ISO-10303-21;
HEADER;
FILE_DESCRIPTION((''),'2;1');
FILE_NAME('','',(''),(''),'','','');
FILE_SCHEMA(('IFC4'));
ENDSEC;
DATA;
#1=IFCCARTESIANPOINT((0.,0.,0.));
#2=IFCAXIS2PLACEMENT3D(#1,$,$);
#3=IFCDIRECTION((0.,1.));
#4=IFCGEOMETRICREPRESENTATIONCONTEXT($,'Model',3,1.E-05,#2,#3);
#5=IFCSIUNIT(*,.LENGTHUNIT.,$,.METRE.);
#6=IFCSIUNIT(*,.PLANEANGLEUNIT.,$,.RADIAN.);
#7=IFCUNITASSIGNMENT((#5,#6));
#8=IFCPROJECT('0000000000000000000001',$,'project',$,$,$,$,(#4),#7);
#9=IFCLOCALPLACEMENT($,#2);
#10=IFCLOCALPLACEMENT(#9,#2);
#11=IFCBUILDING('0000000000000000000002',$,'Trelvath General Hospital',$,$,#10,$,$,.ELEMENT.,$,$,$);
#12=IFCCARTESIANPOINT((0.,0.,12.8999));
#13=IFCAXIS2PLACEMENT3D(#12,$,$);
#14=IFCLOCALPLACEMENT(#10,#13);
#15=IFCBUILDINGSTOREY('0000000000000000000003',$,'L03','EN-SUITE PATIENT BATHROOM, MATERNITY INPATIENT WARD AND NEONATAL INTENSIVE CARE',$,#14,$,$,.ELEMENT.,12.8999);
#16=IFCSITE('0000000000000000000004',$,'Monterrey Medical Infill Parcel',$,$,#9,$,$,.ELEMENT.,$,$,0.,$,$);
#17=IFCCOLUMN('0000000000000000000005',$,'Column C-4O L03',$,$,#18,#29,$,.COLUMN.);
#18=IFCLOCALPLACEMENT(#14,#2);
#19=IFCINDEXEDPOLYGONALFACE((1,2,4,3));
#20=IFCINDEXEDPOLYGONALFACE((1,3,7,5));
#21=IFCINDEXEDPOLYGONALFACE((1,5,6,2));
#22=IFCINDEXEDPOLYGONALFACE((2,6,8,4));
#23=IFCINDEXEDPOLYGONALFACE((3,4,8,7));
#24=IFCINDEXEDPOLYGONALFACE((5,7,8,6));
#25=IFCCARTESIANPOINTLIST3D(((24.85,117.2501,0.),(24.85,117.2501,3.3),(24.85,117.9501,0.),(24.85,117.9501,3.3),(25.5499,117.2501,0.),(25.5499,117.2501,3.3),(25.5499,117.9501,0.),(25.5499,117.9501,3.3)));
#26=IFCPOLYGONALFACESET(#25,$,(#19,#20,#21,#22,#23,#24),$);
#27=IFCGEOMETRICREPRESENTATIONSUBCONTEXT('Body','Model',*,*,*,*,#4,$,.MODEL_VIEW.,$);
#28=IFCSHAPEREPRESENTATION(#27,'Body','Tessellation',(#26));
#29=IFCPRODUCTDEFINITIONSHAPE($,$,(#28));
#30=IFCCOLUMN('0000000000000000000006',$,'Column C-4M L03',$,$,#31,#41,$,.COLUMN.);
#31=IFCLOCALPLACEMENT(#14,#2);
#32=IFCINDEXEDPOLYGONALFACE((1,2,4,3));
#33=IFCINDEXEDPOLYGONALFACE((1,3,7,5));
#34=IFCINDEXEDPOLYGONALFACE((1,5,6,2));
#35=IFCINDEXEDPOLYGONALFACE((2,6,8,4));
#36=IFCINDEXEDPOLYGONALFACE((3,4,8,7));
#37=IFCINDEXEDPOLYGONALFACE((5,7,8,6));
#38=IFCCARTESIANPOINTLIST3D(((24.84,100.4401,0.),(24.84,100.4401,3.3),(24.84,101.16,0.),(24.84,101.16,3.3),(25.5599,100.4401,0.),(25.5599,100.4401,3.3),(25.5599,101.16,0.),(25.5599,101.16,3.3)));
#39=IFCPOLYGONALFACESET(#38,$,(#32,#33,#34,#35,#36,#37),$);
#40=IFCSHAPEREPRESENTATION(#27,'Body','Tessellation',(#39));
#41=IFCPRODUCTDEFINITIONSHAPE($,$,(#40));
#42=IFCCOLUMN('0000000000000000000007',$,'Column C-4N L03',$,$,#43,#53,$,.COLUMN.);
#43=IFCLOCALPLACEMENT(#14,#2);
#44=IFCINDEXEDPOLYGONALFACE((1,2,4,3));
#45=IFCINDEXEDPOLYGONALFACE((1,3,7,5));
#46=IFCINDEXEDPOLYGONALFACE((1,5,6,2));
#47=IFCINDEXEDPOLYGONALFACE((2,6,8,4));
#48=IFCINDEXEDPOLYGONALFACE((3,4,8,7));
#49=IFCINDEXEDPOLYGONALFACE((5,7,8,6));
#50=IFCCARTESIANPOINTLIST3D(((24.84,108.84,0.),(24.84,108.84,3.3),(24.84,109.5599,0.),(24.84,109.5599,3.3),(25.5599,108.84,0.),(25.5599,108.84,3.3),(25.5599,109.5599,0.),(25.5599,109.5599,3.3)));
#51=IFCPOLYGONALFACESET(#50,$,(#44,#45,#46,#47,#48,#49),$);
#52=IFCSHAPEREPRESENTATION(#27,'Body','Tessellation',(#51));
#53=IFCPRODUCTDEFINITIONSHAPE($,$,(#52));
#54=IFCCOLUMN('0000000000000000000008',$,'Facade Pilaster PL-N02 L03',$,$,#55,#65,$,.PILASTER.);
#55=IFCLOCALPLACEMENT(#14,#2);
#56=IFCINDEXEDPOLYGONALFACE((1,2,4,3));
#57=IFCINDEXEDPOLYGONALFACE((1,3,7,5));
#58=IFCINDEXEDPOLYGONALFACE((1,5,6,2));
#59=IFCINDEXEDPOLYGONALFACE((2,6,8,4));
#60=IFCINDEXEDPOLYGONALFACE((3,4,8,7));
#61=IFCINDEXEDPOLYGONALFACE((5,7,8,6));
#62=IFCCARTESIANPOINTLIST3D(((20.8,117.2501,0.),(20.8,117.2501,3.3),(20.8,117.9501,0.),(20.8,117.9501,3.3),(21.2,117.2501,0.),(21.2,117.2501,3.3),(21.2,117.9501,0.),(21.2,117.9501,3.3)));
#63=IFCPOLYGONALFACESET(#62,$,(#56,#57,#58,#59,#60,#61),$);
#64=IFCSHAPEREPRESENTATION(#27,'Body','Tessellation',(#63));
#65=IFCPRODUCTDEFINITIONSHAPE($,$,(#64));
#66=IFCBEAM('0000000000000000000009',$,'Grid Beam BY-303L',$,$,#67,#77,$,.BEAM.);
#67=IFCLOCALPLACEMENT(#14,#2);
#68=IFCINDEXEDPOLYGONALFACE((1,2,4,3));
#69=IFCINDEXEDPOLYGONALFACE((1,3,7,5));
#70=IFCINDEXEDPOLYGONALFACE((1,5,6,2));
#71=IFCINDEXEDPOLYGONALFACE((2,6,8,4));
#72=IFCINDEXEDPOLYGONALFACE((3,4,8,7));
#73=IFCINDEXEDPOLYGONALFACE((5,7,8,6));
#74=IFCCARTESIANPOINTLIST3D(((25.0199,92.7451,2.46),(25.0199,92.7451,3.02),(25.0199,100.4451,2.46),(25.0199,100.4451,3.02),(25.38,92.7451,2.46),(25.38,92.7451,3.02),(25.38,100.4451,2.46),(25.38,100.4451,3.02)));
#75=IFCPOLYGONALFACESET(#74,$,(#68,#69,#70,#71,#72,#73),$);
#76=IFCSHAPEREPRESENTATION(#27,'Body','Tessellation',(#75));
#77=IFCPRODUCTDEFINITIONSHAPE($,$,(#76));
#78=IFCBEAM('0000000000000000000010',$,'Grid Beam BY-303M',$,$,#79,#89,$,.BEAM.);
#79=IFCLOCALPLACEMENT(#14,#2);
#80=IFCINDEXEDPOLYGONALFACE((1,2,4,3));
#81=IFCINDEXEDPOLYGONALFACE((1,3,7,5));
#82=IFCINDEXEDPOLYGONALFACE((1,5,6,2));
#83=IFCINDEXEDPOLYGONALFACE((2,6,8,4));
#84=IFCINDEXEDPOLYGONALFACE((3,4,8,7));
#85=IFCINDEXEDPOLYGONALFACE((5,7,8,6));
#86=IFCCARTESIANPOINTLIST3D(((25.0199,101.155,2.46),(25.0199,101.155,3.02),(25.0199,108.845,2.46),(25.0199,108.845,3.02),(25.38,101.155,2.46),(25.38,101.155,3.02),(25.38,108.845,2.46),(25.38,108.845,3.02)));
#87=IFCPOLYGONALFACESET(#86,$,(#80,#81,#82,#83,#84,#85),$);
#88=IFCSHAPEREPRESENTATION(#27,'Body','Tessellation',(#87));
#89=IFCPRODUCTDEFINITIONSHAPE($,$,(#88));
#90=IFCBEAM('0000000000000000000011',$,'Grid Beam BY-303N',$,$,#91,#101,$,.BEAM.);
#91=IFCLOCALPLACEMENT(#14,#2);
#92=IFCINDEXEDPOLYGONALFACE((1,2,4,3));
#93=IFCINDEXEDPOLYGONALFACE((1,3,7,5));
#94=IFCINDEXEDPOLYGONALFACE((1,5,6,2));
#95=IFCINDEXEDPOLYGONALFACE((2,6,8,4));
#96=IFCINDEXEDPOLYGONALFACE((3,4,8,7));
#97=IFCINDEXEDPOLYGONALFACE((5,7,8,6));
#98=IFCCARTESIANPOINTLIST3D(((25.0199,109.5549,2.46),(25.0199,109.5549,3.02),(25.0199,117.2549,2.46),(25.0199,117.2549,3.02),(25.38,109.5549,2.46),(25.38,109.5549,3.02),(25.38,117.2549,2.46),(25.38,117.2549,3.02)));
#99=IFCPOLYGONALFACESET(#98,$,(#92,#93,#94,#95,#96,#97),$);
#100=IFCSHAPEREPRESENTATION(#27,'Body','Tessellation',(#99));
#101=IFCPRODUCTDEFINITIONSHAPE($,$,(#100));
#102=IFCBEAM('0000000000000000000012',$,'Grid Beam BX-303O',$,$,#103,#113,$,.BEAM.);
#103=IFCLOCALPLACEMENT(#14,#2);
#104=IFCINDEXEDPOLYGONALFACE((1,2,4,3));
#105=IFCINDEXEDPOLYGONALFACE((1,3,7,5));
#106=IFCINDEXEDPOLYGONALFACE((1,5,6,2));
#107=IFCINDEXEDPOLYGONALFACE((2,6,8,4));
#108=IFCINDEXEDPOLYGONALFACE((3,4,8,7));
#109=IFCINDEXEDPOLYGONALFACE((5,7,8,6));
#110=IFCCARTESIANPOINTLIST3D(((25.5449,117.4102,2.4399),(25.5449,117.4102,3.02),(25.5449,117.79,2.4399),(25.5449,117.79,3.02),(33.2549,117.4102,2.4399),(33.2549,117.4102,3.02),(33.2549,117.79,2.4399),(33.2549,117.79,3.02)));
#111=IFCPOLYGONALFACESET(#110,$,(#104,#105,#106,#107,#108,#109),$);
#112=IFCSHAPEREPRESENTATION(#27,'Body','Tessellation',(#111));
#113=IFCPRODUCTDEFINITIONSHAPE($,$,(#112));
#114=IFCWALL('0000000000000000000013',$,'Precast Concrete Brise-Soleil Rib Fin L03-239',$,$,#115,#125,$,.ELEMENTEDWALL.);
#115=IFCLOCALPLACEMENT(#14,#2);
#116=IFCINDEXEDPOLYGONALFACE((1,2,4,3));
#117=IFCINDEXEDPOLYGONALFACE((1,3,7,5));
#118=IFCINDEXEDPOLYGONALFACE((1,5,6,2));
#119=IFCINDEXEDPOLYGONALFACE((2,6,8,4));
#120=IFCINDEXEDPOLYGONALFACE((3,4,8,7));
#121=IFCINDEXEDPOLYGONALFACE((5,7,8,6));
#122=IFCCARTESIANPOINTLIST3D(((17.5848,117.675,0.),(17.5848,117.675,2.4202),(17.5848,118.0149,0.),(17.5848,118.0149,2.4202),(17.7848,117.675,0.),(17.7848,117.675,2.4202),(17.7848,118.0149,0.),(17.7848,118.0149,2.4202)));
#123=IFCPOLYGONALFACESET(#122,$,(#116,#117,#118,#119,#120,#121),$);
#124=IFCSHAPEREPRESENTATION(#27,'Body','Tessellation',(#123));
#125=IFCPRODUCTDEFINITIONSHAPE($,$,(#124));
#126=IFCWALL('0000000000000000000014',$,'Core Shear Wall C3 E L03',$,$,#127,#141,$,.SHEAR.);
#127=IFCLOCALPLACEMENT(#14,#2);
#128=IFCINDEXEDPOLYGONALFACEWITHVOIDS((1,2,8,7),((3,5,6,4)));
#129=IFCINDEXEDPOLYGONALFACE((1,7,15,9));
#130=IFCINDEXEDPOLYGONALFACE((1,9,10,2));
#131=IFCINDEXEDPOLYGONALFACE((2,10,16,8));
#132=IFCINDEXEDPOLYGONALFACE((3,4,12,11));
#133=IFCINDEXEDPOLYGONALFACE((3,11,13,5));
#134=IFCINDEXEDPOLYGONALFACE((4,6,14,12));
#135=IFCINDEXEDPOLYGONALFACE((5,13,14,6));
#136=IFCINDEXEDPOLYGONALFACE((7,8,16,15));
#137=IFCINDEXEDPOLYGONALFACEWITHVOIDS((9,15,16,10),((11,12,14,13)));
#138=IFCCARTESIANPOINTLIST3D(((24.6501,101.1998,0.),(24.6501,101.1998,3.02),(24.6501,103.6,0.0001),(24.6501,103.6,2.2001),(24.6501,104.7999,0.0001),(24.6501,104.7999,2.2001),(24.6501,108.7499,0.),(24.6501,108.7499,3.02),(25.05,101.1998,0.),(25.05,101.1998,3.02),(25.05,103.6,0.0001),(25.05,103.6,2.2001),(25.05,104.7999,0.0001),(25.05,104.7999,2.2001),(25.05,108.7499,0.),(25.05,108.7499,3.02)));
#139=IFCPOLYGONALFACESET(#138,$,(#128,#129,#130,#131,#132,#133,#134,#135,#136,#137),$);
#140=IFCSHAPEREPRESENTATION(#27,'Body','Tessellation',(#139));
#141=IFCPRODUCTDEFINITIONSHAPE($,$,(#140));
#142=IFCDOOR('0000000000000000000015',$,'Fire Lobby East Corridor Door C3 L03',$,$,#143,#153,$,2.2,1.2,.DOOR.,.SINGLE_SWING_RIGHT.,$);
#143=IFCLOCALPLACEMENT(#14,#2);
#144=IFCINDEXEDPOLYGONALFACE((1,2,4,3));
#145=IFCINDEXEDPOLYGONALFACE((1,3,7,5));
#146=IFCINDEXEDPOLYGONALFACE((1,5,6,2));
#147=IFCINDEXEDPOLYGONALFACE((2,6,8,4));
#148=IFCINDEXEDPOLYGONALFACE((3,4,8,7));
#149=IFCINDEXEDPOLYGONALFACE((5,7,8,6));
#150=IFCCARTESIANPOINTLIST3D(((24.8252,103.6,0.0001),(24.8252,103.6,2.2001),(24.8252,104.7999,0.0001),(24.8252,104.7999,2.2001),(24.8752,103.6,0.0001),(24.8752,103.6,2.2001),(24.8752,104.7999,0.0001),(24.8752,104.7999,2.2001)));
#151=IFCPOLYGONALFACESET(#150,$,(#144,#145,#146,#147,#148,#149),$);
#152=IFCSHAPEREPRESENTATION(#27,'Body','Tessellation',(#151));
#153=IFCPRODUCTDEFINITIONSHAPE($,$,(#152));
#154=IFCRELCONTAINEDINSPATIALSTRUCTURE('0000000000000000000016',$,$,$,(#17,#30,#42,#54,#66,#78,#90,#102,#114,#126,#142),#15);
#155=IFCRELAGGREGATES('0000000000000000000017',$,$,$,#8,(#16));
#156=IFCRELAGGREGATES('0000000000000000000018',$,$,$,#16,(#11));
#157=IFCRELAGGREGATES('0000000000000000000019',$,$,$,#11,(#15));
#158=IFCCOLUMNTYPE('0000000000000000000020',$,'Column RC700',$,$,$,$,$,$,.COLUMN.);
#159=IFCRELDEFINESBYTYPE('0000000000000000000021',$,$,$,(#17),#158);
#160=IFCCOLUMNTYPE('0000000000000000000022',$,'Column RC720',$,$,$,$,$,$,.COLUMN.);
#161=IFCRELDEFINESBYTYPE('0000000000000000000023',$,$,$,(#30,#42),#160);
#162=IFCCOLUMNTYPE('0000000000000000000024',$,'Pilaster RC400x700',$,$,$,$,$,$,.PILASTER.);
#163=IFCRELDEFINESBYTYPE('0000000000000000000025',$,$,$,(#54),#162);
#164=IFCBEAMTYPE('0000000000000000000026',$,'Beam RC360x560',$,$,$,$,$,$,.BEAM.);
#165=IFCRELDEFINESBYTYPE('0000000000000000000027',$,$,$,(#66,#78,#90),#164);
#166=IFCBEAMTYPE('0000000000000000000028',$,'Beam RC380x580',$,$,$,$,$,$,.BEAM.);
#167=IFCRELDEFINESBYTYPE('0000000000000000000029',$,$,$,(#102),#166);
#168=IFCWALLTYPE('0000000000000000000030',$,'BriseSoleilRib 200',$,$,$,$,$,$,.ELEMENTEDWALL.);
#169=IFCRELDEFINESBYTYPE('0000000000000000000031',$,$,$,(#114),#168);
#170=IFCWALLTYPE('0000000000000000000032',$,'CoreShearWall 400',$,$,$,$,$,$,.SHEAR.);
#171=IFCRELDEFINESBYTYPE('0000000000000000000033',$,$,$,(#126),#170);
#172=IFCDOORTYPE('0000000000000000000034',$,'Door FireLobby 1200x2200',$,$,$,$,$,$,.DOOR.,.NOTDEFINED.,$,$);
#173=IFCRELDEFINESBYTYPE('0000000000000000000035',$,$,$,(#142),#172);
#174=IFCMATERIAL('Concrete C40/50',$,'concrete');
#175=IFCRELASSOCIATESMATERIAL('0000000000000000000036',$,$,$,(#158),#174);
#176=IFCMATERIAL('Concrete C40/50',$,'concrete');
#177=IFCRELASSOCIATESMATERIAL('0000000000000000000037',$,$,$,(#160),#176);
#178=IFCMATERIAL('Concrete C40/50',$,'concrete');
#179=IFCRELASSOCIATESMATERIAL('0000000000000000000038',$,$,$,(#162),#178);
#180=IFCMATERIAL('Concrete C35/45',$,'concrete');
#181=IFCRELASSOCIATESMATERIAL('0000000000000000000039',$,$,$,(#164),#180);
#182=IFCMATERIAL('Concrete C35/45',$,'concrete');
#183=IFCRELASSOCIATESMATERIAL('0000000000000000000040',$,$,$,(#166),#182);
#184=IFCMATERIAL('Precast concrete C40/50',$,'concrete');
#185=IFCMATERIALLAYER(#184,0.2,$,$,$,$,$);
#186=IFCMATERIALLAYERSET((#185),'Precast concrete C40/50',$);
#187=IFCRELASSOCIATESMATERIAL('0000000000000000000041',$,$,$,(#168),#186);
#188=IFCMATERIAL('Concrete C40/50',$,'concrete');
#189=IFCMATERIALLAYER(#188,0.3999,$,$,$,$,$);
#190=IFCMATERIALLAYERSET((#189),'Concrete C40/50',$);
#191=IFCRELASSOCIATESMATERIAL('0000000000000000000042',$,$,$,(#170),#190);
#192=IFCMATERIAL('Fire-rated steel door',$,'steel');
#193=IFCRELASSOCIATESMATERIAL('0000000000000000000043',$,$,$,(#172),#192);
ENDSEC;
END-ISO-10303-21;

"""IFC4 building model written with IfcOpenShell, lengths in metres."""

from ifc_helpers import new_model, si_unit, direction, frame, frame_2d, origin, origin_2d, place, context, subcontext, project, spatial, rectangle, extrude, material, layer, layer_set, material_profile, profile_set, type_object, element, fill, save


model = new_model("IFC4")

# Units and contexts
model_context = context("Model", 3, precision=1e-05, world=origin(), true_north=direction((0.0, 1.0)))
body_context = subcontext(model_context, "Body", "Model", "MODEL_VIEW")
ifc_project = project(units=[si_unit("LENGTHUNIT", "METRE"), si_unit("PLANEANGLEUNIT", "RADIAN")], contexts=[model_context])

# Site, building, storey
site_placement = place(None, origin())
site = spatial("IfcSite", under=ifc_project, at=site_placement, Name="Monterrey Medical Infill Parcel", CompositionType="ELEMENT", RefElevation=0.0)
building_placement = place(site_placement, origin())
building = spatial("IfcBuilding", under=site, at=building_placement, Name="Trelvath General Hospital", CompositionType="ELEMENT")
storey_placement = place(building_placement, frame((0.0, 0.0, 12.8999)))
storey = spatial("IfcBuildingStorey", under=building, at=storey_placement, Name="L03", Description="EN-SUITE PATIENT BATHROOM, MATERNITY INPATIENT WARD AND NEONATAL INTENSIVE CARE", CompositionType="ELEMENT", Elevation=12.8999)

# Columns
ifc_material_1 = material(Name="Concrete C40/50", Category="concrete")
ifc_material_profile_1 = material_profile(ifc_material_1, rectangle(XDim=0.7, YDim=0.7, at=origin_2d()), Name="RC700x700")
ifc_profile_set_1 = profile_set([ifc_material_profile_1], Name="Concrete C40/50")
column_type_1 = type_object("IfcColumnType", Name="Column RC700", PredefinedType="COLUMN", material=ifc_profile_set_1)
column_1_placement = place(storey_placement, frame((25.2, 117.6001, 0.0), z_axis=(0.0, 0.0, 1.0), x_axis=(1.0, 0.0, 0.0)))
element("IfcColumn", 1, at=column_1_placement, inside=storey, type_object=column_type_1, Name="Column C-4O L03", PredefinedType="COLUMN", context=body_context, shape_type="SweptSolid", body=[
    extrude(rectangle(XDim=0.7, YDim=0.7, at=origin_2d()), origin(), (0.0, 0.0, 1.0), 3.3),
])
ifc_material_2 = material(Name="Concrete C40/50", Category="concrete")
ifc_material_profile_2 = material_profile(ifc_material_2, rectangle(XDim=0.72, YDim=0.72, at=origin_2d()), Name="RC720x720")
ifc_profile_set_2 = profile_set([ifc_material_profile_2], Name="Concrete C40/50")
column_type_2 = type_object("IfcColumnType", Name="Column RC720", PredefinedType="COLUMN", material=ifc_profile_set_2)
for number, where, z_axis, x_axis, name in (
    (2, (25.2, 100.8, 0.0), (0.0, 0.0, 1.0), (1.0, 0.0, 0.0), "Column C-4M L03"),
    (3, (25.2, 109.2, 0.0), (0.0, 0.0, 1.0), (1.0, 0.0, 0.0), "Column C-4N L03"),
):
    element("IfcColumn", number, at=place(storey_placement, frame(where, z_axis=z_axis, x_axis=x_axis)), inside=storey, type_object=column_type_2, Name=name, PredefinedType="COLUMN", context=body_context, shape_type="SweptSolid", body=[
        extrude(rectangle(XDim=0.72, YDim=0.72, at=origin_2d()), origin(), (0.0, 0.0, 1.0), 3.3),
    ])
ifc_material_3 = material(Name="Concrete C40/50", Category="concrete")
ifc_material_profile_3 = material_profile(ifc_material_3, rectangle(XDim=0.3999, YDim=0.7, at=origin_2d()), Name="RC400x700")
ifc_profile_set_3 = profile_set([ifc_material_profile_3], Name="Concrete C40/50")
column_type_3 = type_object("IfcColumnType", Name="Pilaster RC400x700", PredefinedType="PILASTER", material=ifc_profile_set_3)
column_2_placement = place(storey_placement, frame((21.0, 117.6001, 0.0), z_axis=(0.0, 0.0, 1.0), x_axis=(1.0, 0.0, 0.0)))
element("IfcColumn", 4, at=column_2_placement, inside=storey, type_object=column_type_3, Name="Facade Pilaster PL-N02 L03", PredefinedType="PILASTER", context=body_context, shape_type="SweptSolid", body=[
    extrude(rectangle(XDim=0.3999, YDim=0.7, at=origin_2d()), origin(), (0.0, 0.0, 1.0), 3.3),
])

# Beams
ifc_material_4 = material(Name="Concrete C35/45", Category="concrete")
ifc_material_profile_4 = material_profile(ifc_material_4, rectangle(XDim=0.3601, YDim=0.5601, at=origin_2d()), Name="RCB360x560")
ifc_profile_set_4 = profile_set([ifc_material_profile_4], Name="Concrete C35/45")
beam_type_1 = type_object("IfcBeamType", Name="Beam RC360x560", PredefinedType="BEAM", material=ifc_profile_set_4)
beam_1_placement = place(storey_placement, frame((25.2, 92.7451, 2.74), z_axis=(0.0, 1.0, 0.0), x_axis=(-1.0, 0.0, 0.0)))
element("IfcBeam", 5, at=beam_1_placement, inside=storey, type_object=beam_type_1, Name="Grid Beam BY-303L", PredefinedType="BEAM", context=body_context, shape_type="SweptSolid", body=[
    extrude(rectangle(XDim=0.3601, YDim=0.5601, at=origin_2d()), origin(), (0.0, 0.0, 1.0), 7.7),
])
beam_2_placement = place(storey_placement, frame((25.2, 101.155, 2.74), z_axis=(0.0, 1.0, 0.0), x_axis=(-1.0, 0.0, 0.0)))
element("IfcBeam", 6, at=beam_2_placement, inside=storey, type_object=beam_type_1, Name="Grid Beam BY-303M", PredefinedType="BEAM", context=body_context, shape_type="SweptSolid", body=[
    extrude(rectangle(XDim=0.3601, YDim=0.5601, at=origin_2d()), origin(), (0.0, 0.0, 1.0), 7.6899),
])
beam_3_placement = place(storey_placement, frame((25.2, 109.5549, 2.74), z_axis=(0.0, 1.0, 0.0), x_axis=(-1.0, 0.0, 0.0)))
element("IfcBeam", 7, at=beam_3_placement, inside=storey, type_object=beam_type_1, Name="Grid Beam BY-303N", PredefinedType="BEAM", context=body_context, shape_type="SweptSolid", body=[
    extrude(rectangle(XDim=0.3601, YDim=0.5601, at=origin_2d()), origin(), (0.0, 0.0, 1.0), 7.7),
])
ifc_material_5 = material(Name="Concrete C35/45", Category="concrete")
ifc_material_profile_5 = material_profile(ifc_material_5, rectangle(XDim=0.3799, YDim=0.5801, at=origin_2d()), Name="RCB380x580")
ifc_profile_set_5 = profile_set([ifc_material_profile_5], Name="Concrete C35/45")
beam_type_2 = type_object("IfcBeamType", Name="Beam RC380x580", PredefinedType="BEAM", material=ifc_profile_set_5)
beam_4_placement = place(storey_placement, frame((25.5449, 117.6001, 2.73), z_axis=(1.0, 0.0, 0.0), x_axis=(0.0, 1.0, 0.0)))
element("IfcBeam", 8, at=beam_4_placement, inside=storey, type_object=beam_type_2, Name="Grid Beam BX-303O", PredefinedType="BEAM", context=body_context, shape_type="SweptSolid", body=[
    extrude(rectangle(XDim=0.3799, YDim=0.5801, at=origin_2d()), origin(), (0.0, 0.0, 1.0), 7.71),
])

# Wall
ifc_material_6 = material(Name="Precast concrete C40/50", Category="concrete")
ifc_layer_1 = layer(ifc_material_6, 0.2)
ifc_layer_set_1 = layer_set([ifc_layer_1], Name="Precast concrete C40/50")
wall_type_1 = type_object("IfcWallType", Name="BriseSoleilRib 200", PredefinedType="ELEMENTEDWALL", material=ifc_layer_set_1)
wall_1_placement = place(storey_placement, frame((17.6848, 117.675, 0.0), z_axis=(0.0, 0.0, 1.0), x_axis=(0.0, 1.0, 0.0)))
element("IfcWall", 9, at=wall_1_placement, inside=storey, type_object=wall_type_1, Name="Precast Concrete Brise-Soleil Rib Fin L03-239", PredefinedType="ELEMENTEDWALL", context=body_context, shape_type="SweptSolid", body=[
    extrude(rectangle(XDim=0.3398, YDim=0.2, at=frame_2d((0.1699, 0.0))), origin(), (0.0, 0.0, 1.0), 2.4202),
])

# Wall, opening, door
ifc_material_7 = material(Name="Concrete C40/50", Category="concrete")
ifc_layer_2 = layer(ifc_material_7, 0.3999)
ifc_layer_set_2 = layer_set([ifc_layer_2], Name="Concrete C40/50")
wall_type_2 = type_object("IfcWallType", Name="CoreShearWall 400", PredefinedType="SHEAR", material=ifc_layer_set_2)
wall_2_placement = place(storey_placement, frame((24.8501, 101.2, 0.0), z_axis=(0.0, 0.0, 1.0), x_axis=(0.0, 1.0, 0.0)))
wall_2 = element("IfcWall", 10, at=wall_2_placement, inside=storey, type_object=wall_type_2, Name="Core Shear Wall C3 E L03", PredefinedType="SHEAR", context=body_context, shape_type="SweptSolid", body=[
    extrude(rectangle(XDim=7.55, YDim=0.3999, at=frame_2d((3.7749, 0.0))), origin(), (0.0, 0.0, 1.0), 3.02),
])
opening_1_placement = place(wall_2_placement, frame((2.3999, 0.0, 0.0)))
opening_1 = element("IfcOpeningElement", 11, at=opening_1_placement, cuts=wall_2, PredefinedType="OPENING", context=body_context, shape_type="SweptSolid", body=[
    extrude(rectangle(XDim=1.2, YDim=2.2, at=frame_2d((0.6001, 1.1001))), frame((0.0, 0.21, 0.0), z_axis=(0.0, -1.0, 0.0), x_axis=(1.0, 0.0, 0.0)), (0.0, 0.0, 1.0), 0.4199),
])
ifc_material_8 = material(Name="Fire-rated steel door", Category="steel")
door_type_1 = type_object("IfcDoorType", Name="Door FireLobby 1200x2200", OperationType="NOTDEFINED", PredefinedType="DOOR", material=ifc_material_8)
door_1_placement = place(opening_1_placement, origin())
door_1 = element("IfcDoor", 12, at=door_1_placement, inside=storey, type_object=door_type_1, Name="Fire Lobby East Corridor Door C3 L03", OperationType="SINGLE_SWING_RIGHT", OverallHeight=2.2, OverallWidth=1.2, PredefinedType="DOOR", context=body_context, shape_type="SweptSolid", body=[
    extrude(rectangle(XDim=1.2, YDim=2.2, at=frame_2d((0.6001, 1.1001))), frame((0.0, 0.0249, 0.0), z_axis=(0.0, -1.0, 0.0), x_axis=(1.0, 0.0, 0.0)), (0.0, 0.0, 1.0), 0.05),
])
fill(opening_1, door_1)

save(model, "model.ifc")
